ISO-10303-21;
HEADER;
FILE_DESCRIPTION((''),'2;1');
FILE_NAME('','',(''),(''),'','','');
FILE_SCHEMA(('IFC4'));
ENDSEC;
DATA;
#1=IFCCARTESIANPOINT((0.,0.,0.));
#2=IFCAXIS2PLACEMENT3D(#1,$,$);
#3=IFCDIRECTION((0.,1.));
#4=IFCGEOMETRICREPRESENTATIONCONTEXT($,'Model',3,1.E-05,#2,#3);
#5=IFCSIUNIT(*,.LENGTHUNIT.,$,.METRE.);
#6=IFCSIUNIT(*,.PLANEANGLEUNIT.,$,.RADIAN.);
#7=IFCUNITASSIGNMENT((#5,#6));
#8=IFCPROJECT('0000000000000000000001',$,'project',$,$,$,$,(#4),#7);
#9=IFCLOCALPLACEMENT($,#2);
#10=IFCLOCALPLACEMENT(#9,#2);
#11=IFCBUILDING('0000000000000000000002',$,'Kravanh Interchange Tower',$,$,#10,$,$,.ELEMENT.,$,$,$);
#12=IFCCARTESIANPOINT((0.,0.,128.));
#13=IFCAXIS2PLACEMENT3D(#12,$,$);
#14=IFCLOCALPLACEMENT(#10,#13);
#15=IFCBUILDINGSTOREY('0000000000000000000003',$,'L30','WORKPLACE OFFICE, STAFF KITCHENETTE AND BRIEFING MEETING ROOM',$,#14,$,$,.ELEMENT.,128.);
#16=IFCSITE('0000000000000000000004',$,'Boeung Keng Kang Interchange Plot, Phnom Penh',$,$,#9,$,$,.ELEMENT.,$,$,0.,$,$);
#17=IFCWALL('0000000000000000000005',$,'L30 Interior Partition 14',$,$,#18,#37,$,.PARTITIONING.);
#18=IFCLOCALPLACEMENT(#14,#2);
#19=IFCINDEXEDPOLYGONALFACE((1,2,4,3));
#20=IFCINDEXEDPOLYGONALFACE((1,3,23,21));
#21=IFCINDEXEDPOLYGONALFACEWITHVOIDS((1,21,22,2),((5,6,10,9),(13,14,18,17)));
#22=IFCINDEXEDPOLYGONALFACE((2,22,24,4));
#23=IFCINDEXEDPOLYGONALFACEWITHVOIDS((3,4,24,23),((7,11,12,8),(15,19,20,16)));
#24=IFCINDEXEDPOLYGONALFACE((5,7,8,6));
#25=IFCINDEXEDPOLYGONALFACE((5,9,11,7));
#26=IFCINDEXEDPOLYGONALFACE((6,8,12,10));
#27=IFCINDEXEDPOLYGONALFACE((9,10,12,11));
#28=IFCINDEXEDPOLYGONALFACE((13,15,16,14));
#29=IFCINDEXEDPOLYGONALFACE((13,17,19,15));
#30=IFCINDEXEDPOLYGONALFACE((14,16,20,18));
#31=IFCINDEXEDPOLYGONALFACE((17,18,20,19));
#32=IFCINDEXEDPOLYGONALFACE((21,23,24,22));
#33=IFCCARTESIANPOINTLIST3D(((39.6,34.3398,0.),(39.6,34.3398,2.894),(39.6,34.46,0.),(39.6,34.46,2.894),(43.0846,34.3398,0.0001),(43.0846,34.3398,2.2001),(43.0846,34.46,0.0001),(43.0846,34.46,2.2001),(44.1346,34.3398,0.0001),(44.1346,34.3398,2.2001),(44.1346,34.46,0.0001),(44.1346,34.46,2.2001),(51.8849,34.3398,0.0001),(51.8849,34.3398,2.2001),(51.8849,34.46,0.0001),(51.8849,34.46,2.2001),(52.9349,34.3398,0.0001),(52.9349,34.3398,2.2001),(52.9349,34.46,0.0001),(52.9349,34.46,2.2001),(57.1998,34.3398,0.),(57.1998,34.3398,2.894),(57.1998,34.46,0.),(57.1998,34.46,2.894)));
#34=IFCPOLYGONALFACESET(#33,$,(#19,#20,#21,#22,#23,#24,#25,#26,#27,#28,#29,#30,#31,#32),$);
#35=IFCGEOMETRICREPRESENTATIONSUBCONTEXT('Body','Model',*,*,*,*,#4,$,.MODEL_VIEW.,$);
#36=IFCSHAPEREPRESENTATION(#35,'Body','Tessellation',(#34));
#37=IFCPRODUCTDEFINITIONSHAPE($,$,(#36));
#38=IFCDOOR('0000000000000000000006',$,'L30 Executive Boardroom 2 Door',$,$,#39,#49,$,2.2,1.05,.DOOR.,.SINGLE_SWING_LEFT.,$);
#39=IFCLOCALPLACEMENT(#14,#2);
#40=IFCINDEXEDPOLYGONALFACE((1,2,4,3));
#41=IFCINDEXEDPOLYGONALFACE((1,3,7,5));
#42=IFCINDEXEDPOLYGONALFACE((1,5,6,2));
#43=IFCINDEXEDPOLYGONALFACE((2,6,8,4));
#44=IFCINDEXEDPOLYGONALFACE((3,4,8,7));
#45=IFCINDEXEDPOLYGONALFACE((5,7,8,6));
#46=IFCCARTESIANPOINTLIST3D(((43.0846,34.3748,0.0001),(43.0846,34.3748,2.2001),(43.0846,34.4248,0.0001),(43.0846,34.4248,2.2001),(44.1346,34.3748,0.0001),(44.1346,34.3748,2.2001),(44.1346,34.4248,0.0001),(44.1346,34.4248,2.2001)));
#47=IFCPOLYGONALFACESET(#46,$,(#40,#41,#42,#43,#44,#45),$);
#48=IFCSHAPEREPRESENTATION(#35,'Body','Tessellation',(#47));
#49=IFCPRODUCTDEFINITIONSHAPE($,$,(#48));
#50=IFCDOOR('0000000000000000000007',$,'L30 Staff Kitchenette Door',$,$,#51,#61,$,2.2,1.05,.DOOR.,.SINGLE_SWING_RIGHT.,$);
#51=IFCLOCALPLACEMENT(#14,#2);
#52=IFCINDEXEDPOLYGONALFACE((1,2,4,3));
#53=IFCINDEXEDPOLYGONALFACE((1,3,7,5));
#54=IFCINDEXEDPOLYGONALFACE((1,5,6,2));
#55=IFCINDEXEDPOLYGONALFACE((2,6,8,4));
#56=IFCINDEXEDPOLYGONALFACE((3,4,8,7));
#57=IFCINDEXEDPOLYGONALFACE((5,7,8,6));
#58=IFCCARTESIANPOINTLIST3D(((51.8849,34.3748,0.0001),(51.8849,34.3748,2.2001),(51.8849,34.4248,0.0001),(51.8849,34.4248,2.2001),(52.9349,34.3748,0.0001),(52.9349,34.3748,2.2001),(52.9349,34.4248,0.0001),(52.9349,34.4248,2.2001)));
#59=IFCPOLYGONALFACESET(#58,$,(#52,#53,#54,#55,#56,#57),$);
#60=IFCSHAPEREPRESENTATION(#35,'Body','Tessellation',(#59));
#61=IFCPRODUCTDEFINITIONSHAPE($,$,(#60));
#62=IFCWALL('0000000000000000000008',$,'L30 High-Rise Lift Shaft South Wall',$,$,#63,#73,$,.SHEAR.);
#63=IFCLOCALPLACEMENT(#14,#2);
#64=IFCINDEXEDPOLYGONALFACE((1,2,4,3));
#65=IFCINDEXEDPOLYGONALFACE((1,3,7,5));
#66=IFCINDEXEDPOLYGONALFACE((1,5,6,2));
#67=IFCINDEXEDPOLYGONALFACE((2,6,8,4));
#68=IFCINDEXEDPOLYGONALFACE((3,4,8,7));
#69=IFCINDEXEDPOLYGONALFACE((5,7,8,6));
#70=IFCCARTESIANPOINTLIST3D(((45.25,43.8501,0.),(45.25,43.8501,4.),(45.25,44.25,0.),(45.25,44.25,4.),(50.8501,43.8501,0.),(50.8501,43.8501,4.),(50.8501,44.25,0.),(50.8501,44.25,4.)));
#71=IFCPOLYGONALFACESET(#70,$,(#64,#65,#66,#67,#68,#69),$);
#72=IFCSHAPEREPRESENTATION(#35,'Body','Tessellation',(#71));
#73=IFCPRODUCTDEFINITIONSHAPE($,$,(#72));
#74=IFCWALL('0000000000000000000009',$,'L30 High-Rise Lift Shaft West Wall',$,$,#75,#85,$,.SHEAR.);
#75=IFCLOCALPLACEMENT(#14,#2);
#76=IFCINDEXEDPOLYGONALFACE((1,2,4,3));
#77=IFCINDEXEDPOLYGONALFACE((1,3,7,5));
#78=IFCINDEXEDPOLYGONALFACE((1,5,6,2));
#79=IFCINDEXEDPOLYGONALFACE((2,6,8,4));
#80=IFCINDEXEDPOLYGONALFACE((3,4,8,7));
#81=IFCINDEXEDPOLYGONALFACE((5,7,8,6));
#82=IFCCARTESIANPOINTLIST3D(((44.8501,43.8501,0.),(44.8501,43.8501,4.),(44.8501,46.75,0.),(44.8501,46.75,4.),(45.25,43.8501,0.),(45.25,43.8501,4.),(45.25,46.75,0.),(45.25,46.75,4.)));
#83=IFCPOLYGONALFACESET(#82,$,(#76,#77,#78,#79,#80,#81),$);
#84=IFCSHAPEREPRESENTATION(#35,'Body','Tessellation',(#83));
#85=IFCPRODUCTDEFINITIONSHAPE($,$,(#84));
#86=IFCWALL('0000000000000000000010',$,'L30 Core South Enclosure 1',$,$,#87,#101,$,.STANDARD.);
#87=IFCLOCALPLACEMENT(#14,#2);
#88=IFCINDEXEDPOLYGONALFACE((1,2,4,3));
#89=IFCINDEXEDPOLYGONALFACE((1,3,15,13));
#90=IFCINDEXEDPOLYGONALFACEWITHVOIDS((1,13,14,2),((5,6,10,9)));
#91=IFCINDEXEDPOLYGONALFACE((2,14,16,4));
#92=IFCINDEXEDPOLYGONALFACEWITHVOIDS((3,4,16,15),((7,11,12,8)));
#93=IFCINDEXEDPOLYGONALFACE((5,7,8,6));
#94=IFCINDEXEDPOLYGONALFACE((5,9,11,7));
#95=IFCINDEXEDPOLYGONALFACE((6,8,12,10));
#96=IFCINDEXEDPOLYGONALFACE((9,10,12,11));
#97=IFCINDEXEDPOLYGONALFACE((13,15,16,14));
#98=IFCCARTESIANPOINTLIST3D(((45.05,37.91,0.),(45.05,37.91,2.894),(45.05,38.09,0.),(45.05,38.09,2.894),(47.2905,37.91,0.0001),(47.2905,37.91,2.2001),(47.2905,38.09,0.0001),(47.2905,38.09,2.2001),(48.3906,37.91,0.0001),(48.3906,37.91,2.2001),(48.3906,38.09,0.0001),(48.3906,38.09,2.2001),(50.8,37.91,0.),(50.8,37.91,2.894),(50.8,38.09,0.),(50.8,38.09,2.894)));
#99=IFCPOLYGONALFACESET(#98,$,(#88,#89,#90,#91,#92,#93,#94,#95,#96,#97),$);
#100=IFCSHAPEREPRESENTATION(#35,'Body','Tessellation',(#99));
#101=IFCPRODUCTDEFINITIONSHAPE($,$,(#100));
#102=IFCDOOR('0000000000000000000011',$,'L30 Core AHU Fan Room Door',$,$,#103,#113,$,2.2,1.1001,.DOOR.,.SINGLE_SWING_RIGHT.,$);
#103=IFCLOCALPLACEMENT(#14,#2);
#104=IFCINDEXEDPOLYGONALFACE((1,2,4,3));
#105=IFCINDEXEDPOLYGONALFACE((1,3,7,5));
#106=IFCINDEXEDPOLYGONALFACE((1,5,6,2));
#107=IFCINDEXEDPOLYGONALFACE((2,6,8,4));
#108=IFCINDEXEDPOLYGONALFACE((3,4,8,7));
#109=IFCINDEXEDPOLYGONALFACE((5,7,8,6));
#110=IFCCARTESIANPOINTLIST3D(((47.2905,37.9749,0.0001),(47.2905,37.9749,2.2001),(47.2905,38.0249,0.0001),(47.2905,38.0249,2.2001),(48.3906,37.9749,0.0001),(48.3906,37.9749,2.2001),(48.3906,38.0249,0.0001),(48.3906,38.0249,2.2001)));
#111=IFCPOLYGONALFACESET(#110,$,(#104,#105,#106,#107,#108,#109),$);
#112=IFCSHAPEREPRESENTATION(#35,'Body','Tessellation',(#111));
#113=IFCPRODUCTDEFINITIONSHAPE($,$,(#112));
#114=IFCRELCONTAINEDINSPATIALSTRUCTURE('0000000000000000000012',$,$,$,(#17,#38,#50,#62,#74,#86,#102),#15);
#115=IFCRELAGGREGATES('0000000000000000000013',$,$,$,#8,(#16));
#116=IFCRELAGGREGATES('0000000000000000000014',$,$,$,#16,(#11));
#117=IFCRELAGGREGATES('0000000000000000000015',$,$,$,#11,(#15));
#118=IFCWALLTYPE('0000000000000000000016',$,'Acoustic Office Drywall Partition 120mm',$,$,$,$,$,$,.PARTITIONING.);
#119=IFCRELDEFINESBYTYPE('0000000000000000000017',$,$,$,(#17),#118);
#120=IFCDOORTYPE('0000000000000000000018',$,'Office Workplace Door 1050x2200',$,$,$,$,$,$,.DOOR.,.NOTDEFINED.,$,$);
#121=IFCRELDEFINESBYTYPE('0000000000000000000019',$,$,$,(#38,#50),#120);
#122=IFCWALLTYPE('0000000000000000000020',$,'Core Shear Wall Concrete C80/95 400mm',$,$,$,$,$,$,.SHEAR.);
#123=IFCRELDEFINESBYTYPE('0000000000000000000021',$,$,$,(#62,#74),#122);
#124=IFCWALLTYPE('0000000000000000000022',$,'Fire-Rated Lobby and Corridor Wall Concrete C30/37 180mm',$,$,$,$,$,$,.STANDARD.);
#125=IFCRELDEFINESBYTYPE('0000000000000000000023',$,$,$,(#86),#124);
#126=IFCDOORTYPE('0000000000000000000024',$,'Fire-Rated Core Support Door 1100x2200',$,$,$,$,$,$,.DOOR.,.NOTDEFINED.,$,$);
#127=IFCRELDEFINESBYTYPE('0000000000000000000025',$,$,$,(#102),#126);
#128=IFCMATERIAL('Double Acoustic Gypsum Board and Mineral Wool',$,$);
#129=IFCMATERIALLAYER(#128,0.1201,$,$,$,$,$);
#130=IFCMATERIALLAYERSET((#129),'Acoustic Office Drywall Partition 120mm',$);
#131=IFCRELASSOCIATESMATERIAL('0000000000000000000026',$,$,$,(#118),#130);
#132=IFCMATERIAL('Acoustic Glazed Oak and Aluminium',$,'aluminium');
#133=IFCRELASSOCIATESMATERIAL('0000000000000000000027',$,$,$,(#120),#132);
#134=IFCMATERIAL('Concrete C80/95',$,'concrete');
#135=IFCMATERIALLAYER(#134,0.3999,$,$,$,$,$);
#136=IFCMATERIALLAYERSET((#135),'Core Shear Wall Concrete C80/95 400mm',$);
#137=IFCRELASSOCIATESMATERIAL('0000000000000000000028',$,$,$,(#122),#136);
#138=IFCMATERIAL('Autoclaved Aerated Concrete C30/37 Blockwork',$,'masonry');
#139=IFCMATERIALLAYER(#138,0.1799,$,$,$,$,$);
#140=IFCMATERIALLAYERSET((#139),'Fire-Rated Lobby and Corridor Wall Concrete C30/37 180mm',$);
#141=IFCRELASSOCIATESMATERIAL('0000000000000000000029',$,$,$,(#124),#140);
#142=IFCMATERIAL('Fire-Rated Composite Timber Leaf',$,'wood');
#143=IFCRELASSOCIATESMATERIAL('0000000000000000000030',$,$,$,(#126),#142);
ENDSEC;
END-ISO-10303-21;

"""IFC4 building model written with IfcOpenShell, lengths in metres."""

from ifc_helpers import new_model, si_unit, direction, frame, frame_2d, origin, place, context, subcontext, project, spatial, rectangle, extrude, material, layer, layer_set, type_object, element, fill, save


model = new_model("IFC4")

# Units and contexts
model_context = context("Model", 3, precision=1e-05, world=origin(), true_north=direction((0.0, 1.0)))
body_context = subcontext(model_context, "Body", "Model", "MODEL_VIEW")
ifc_project = project(units=[si_unit("LENGTHUNIT", "METRE"), si_unit("PLANEANGLEUNIT", "RADIAN")], contexts=[model_context])

# Site, building, storey
site_placement = place(None, origin())
site = spatial("IfcSite", under=ifc_project, at=site_placement, Name="Boeung Keng Kang Interchange Plot, Phnom Penh", CompositionType="ELEMENT", RefElevation=0.0)
building_placement = place(site_placement, origin())
building = spatial("IfcBuilding", under=site, at=building_placement, Name="Kravanh Interchange Tower", CompositionType="ELEMENT")
storey_placement = place(building_placement, frame((0.0, 0.0, 128.0)))
storey = spatial("IfcBuildingStorey", under=building, at=storey_placement, Name="L30", Description="WORKPLACE OFFICE, STAFF KITCHENETTE AND BRIEFING MEETING ROOM", CompositionType="ELEMENT", Elevation=128.0)

# Wall, openings, doors
ifc_material_1 = material(Name="Double Acoustic Gypsum Board and Mineral Wool")
ifc_layer_1 = layer(ifc_material_1, 0.1201)
ifc_layer_set_1 = layer_set([ifc_layer_1], Name="Acoustic Office Drywall Partition 120mm")
wall_type_1 = type_object("IfcWallType", Name="Acoustic Office Drywall Partition 120mm", PredefinedType="PARTITIONING", material=ifc_layer_set_1)
wall_1_placement = place(storey_placement, frame((39.6001, 34.3999, 0.0), z_axis=(0.0, 0.0, 1.0), x_axis=(1.0, 0.0, 0.0)))
wall_1 = element("IfcWall", 1, at=wall_1_placement, inside=storey, type_object=wall_type_1, Name="L30 Interior Partition 14", PredefinedType="PARTITIONING", context=body_context, shape_type="SweptSolid", body=[
    extrude(rectangle(XDim=17.5999, YDim=0.1201, at=frame_2d((8.7998, 0.0))), origin(), (0.0, 0.0, 1.0), 2.894),
])
opening_1_placement = place(wall_1_placement, frame((3.4846, 0.0, 0.0)))
opening_1 = element("IfcOpeningElement", 2, at=opening_1_placement, cuts=wall_1, PredefinedType="OPENING", context=body_context, shape_type="SweptSolid", body=[
    extrude(rectangle(XDim=1.05, YDim=2.2, at=frame_2d((0.5249, 1.1001))), frame((0.0, 0.0701, 0.0), z_axis=(0.0, -1.0, 0.0), x_axis=(1.0, 0.0, 0.0)), (0.0, 0.0, 1.0), 0.1401),
])
opening_2_placement = place(wall_1_placement, frame((12.2849, 0.0, 0.0)))
opening_2 = element("IfcOpeningElement", 3, at=opening_2_placement, cuts=wall_1, PredefinedType="OPENING", context=body_context, shape_type="SweptSolid", body=[
    extrude(rectangle(XDim=1.05, YDim=2.2, at=frame_2d((0.5249, 1.1001))), frame((0.0, 0.0701, 0.0), z_axis=(0.0, -1.0, 0.0), x_axis=(1.0, 0.0, 0.0)), (0.0, 0.0, 1.0), 0.1401),
])
ifc_material_2 = material(Name="Acoustic Glazed Oak and Aluminium", Category="aluminium")
door_type_1 = type_object("IfcDoorType", Name="Office Workplace Door 1050x2200", OperationType="NOTDEFINED", PredefinedType="DOOR", material=ifc_material_2)
door_1_placement = place(opening_1_placement, origin())
door_1 = element("IfcDoor", 4, at=door_1_placement, inside=storey, type_object=door_type_1, Name="L30 Executive Boardroom 2 Door", OperationType="SINGLE_SWING_LEFT", OverallHeight=2.2, OverallWidth=1.05, PredefinedType="DOOR", context=body_context, shape_type="SweptSolid", body=[
    extrude(rectangle(XDim=1.05, YDim=2.2, at=frame_2d((0.5249, 1.1001))), frame((0.0, 0.0249, 0.0), z_axis=(0.0, -1.0, 0.0), x_axis=(1.0, 0.0, 0.0)), (0.0, 0.0, 1.0), 0.05),
])
fill(opening_1, door_1)
door_2_placement = place(opening_2_placement, origin())
door_2 = element("IfcDoor", 5, at=door_2_placement, inside=storey, type_object=door_type_1, Name="L30 Staff Kitchenette Door", OperationType="SINGLE_SWING_RIGHT", OverallHeight=2.2, OverallWidth=1.05, PredefinedType="DOOR", context=body_context, shape_type="SweptSolid", body=[
    extrude(rectangle(XDim=1.05, YDim=2.2, at=frame_2d((0.5249, 1.1001))), frame((0.0, 0.0249, 0.0), z_axis=(0.0, -1.0, 0.0), x_axis=(1.0, 0.0, 0.0)), (0.0, 0.0, 1.0), 0.05),
])
fill(opening_2, door_2)

# Walls
ifc_material_3 = material(Name="Concrete C80/95", Category="concrete")
ifc_layer_2 = layer(ifc_material_3, 0.3999)
ifc_layer_set_2 = layer_set([ifc_layer_2], Name="Core Shear Wall Concrete C80/95 400mm")
wall_type_2 = type_object("IfcWallType", Name="Core Shear Wall Concrete C80/95 400mm", PredefinedType="SHEAR", material=ifc_layer_set_2)
wall_2_placement = place(storey_placement, frame((45.25, 44.05, 0.0), z_axis=(0.0, 0.0, 1.0), x_axis=(1.0, 0.0, 0.0)))
element("IfcWall", 6, at=wall_2_placement, inside=storey, type_object=wall_type_2, Name="L30 High-Rise Lift Shaft South Wall", PredefinedType="SHEAR", context=body_context, shape_type="SweptSolid", body=[
    extrude(rectangle(XDim=5.6001, YDim=0.3999, at=frame_2d((2.8, 0.0))), origin(), (0.0, 0.0, 1.0), 4.0),
])
wall_3_placement = place(storey_placement, frame((45.05, 43.8501, 0.0), z_axis=(0.0, 0.0, 1.0), x_axis=(0.0, 1.0, 0.0)))
element("IfcWall", 7, at=wall_3_placement, inside=storey, type_object=wall_type_2, Name="L30 High-Rise Lift Shaft West Wall", PredefinedType="SHEAR", context=body_context, shape_type="SweptSolid", body=[
    extrude(rectangle(XDim=2.8999, YDim=0.3999, at=frame_2d((1.45, 0.0))), origin(), (0.0, 0.0, 1.0), 4.0),
])

# Wall, opening, door
ifc_material_4 = material(Name="Autoclaved Aerated Concrete C30/37 Blockwork", Category="masonry")
ifc_layer_3 = layer(ifc_material_4, 0.1799)
ifc_layer_set_3 = layer_set([ifc_layer_3], Name="Fire-Rated Lobby and Corridor Wall Concrete C30/37 180mm")
wall_type_3 = type_object("IfcWallType", Name="Fire-Rated Lobby and Corridor Wall Concrete C30/37 180mm", PredefinedType="STANDARD", material=ifc_layer_set_3)
wall_4_placement = place(storey_placement, frame((45.05, 38.0, 0.0), z_axis=(0.0, 0.0, 1.0), x_axis=(1.0, 0.0, 0.0)))
wall_4 = element("IfcWall", 8, at=wall_4_placement, inside=storey, type_object=wall_type_3, Name="L30 Core South Enclosure 1", PredefinedType="STANDARD", context=body_context, shape_type="SweptSolid", body=[
    extrude(rectangle(XDim=5.75, YDim=0.1799, at=frame_2d((2.875, 0.0))), origin(), (0.0, 0.0, 1.0), 2.894),
])
opening_3_placement = place(wall_4_placement, frame((2.2405, 0.0, 0.0)))
opening_3 = element("IfcOpeningElement", 9, at=opening_3_placement, cuts=wall_4, PredefinedType="OPENING", context=body_context, shape_type="SweptSolid", body=[
    extrude(rectangle(XDim=1.1001, YDim=2.2, at=frame_2d((0.55, 1.1001))), frame((0.0, 0.1001, 0.0), z_axis=(0.0, -1.0, 0.0), x_axis=(1.0, 0.0, 0.0)), (0.0, 0.0, 1.0), 0.2),
])
ifc_material_5 = material(Name="Fire-Rated Composite Timber Leaf", Category="wood")
door_type_2 = type_object("IfcDoorType", Name="Fire-Rated Core Support Door 1100x2200", OperationType="NOTDEFINED", PredefinedType="DOOR", material=ifc_material_5)
door_3_placement = place(opening_3_placement, origin())
door_3 = element("IfcDoor", 10, at=door_3_placement, inside=storey, type_object=door_type_2, Name="L30 Core AHU Fan Room Door", OperationType="SINGLE_SWING_RIGHT", OverallHeight=2.2, OverallWidth=1.1001, PredefinedType="DOOR", context=body_context, shape_type="SweptSolid", body=[
    extrude(rectangle(XDim=1.1001, YDim=2.2, at=frame_2d((0.55, 1.1001))), frame((0.0, 0.0249, 0.0), z_axis=(0.0, -1.0, 0.0), x_axis=(1.0, 0.0, 0.0)), (0.0, 0.0, 1.0), 0.05),
])
fill(opening_3, door_3)

save(model, "model.ifc")
